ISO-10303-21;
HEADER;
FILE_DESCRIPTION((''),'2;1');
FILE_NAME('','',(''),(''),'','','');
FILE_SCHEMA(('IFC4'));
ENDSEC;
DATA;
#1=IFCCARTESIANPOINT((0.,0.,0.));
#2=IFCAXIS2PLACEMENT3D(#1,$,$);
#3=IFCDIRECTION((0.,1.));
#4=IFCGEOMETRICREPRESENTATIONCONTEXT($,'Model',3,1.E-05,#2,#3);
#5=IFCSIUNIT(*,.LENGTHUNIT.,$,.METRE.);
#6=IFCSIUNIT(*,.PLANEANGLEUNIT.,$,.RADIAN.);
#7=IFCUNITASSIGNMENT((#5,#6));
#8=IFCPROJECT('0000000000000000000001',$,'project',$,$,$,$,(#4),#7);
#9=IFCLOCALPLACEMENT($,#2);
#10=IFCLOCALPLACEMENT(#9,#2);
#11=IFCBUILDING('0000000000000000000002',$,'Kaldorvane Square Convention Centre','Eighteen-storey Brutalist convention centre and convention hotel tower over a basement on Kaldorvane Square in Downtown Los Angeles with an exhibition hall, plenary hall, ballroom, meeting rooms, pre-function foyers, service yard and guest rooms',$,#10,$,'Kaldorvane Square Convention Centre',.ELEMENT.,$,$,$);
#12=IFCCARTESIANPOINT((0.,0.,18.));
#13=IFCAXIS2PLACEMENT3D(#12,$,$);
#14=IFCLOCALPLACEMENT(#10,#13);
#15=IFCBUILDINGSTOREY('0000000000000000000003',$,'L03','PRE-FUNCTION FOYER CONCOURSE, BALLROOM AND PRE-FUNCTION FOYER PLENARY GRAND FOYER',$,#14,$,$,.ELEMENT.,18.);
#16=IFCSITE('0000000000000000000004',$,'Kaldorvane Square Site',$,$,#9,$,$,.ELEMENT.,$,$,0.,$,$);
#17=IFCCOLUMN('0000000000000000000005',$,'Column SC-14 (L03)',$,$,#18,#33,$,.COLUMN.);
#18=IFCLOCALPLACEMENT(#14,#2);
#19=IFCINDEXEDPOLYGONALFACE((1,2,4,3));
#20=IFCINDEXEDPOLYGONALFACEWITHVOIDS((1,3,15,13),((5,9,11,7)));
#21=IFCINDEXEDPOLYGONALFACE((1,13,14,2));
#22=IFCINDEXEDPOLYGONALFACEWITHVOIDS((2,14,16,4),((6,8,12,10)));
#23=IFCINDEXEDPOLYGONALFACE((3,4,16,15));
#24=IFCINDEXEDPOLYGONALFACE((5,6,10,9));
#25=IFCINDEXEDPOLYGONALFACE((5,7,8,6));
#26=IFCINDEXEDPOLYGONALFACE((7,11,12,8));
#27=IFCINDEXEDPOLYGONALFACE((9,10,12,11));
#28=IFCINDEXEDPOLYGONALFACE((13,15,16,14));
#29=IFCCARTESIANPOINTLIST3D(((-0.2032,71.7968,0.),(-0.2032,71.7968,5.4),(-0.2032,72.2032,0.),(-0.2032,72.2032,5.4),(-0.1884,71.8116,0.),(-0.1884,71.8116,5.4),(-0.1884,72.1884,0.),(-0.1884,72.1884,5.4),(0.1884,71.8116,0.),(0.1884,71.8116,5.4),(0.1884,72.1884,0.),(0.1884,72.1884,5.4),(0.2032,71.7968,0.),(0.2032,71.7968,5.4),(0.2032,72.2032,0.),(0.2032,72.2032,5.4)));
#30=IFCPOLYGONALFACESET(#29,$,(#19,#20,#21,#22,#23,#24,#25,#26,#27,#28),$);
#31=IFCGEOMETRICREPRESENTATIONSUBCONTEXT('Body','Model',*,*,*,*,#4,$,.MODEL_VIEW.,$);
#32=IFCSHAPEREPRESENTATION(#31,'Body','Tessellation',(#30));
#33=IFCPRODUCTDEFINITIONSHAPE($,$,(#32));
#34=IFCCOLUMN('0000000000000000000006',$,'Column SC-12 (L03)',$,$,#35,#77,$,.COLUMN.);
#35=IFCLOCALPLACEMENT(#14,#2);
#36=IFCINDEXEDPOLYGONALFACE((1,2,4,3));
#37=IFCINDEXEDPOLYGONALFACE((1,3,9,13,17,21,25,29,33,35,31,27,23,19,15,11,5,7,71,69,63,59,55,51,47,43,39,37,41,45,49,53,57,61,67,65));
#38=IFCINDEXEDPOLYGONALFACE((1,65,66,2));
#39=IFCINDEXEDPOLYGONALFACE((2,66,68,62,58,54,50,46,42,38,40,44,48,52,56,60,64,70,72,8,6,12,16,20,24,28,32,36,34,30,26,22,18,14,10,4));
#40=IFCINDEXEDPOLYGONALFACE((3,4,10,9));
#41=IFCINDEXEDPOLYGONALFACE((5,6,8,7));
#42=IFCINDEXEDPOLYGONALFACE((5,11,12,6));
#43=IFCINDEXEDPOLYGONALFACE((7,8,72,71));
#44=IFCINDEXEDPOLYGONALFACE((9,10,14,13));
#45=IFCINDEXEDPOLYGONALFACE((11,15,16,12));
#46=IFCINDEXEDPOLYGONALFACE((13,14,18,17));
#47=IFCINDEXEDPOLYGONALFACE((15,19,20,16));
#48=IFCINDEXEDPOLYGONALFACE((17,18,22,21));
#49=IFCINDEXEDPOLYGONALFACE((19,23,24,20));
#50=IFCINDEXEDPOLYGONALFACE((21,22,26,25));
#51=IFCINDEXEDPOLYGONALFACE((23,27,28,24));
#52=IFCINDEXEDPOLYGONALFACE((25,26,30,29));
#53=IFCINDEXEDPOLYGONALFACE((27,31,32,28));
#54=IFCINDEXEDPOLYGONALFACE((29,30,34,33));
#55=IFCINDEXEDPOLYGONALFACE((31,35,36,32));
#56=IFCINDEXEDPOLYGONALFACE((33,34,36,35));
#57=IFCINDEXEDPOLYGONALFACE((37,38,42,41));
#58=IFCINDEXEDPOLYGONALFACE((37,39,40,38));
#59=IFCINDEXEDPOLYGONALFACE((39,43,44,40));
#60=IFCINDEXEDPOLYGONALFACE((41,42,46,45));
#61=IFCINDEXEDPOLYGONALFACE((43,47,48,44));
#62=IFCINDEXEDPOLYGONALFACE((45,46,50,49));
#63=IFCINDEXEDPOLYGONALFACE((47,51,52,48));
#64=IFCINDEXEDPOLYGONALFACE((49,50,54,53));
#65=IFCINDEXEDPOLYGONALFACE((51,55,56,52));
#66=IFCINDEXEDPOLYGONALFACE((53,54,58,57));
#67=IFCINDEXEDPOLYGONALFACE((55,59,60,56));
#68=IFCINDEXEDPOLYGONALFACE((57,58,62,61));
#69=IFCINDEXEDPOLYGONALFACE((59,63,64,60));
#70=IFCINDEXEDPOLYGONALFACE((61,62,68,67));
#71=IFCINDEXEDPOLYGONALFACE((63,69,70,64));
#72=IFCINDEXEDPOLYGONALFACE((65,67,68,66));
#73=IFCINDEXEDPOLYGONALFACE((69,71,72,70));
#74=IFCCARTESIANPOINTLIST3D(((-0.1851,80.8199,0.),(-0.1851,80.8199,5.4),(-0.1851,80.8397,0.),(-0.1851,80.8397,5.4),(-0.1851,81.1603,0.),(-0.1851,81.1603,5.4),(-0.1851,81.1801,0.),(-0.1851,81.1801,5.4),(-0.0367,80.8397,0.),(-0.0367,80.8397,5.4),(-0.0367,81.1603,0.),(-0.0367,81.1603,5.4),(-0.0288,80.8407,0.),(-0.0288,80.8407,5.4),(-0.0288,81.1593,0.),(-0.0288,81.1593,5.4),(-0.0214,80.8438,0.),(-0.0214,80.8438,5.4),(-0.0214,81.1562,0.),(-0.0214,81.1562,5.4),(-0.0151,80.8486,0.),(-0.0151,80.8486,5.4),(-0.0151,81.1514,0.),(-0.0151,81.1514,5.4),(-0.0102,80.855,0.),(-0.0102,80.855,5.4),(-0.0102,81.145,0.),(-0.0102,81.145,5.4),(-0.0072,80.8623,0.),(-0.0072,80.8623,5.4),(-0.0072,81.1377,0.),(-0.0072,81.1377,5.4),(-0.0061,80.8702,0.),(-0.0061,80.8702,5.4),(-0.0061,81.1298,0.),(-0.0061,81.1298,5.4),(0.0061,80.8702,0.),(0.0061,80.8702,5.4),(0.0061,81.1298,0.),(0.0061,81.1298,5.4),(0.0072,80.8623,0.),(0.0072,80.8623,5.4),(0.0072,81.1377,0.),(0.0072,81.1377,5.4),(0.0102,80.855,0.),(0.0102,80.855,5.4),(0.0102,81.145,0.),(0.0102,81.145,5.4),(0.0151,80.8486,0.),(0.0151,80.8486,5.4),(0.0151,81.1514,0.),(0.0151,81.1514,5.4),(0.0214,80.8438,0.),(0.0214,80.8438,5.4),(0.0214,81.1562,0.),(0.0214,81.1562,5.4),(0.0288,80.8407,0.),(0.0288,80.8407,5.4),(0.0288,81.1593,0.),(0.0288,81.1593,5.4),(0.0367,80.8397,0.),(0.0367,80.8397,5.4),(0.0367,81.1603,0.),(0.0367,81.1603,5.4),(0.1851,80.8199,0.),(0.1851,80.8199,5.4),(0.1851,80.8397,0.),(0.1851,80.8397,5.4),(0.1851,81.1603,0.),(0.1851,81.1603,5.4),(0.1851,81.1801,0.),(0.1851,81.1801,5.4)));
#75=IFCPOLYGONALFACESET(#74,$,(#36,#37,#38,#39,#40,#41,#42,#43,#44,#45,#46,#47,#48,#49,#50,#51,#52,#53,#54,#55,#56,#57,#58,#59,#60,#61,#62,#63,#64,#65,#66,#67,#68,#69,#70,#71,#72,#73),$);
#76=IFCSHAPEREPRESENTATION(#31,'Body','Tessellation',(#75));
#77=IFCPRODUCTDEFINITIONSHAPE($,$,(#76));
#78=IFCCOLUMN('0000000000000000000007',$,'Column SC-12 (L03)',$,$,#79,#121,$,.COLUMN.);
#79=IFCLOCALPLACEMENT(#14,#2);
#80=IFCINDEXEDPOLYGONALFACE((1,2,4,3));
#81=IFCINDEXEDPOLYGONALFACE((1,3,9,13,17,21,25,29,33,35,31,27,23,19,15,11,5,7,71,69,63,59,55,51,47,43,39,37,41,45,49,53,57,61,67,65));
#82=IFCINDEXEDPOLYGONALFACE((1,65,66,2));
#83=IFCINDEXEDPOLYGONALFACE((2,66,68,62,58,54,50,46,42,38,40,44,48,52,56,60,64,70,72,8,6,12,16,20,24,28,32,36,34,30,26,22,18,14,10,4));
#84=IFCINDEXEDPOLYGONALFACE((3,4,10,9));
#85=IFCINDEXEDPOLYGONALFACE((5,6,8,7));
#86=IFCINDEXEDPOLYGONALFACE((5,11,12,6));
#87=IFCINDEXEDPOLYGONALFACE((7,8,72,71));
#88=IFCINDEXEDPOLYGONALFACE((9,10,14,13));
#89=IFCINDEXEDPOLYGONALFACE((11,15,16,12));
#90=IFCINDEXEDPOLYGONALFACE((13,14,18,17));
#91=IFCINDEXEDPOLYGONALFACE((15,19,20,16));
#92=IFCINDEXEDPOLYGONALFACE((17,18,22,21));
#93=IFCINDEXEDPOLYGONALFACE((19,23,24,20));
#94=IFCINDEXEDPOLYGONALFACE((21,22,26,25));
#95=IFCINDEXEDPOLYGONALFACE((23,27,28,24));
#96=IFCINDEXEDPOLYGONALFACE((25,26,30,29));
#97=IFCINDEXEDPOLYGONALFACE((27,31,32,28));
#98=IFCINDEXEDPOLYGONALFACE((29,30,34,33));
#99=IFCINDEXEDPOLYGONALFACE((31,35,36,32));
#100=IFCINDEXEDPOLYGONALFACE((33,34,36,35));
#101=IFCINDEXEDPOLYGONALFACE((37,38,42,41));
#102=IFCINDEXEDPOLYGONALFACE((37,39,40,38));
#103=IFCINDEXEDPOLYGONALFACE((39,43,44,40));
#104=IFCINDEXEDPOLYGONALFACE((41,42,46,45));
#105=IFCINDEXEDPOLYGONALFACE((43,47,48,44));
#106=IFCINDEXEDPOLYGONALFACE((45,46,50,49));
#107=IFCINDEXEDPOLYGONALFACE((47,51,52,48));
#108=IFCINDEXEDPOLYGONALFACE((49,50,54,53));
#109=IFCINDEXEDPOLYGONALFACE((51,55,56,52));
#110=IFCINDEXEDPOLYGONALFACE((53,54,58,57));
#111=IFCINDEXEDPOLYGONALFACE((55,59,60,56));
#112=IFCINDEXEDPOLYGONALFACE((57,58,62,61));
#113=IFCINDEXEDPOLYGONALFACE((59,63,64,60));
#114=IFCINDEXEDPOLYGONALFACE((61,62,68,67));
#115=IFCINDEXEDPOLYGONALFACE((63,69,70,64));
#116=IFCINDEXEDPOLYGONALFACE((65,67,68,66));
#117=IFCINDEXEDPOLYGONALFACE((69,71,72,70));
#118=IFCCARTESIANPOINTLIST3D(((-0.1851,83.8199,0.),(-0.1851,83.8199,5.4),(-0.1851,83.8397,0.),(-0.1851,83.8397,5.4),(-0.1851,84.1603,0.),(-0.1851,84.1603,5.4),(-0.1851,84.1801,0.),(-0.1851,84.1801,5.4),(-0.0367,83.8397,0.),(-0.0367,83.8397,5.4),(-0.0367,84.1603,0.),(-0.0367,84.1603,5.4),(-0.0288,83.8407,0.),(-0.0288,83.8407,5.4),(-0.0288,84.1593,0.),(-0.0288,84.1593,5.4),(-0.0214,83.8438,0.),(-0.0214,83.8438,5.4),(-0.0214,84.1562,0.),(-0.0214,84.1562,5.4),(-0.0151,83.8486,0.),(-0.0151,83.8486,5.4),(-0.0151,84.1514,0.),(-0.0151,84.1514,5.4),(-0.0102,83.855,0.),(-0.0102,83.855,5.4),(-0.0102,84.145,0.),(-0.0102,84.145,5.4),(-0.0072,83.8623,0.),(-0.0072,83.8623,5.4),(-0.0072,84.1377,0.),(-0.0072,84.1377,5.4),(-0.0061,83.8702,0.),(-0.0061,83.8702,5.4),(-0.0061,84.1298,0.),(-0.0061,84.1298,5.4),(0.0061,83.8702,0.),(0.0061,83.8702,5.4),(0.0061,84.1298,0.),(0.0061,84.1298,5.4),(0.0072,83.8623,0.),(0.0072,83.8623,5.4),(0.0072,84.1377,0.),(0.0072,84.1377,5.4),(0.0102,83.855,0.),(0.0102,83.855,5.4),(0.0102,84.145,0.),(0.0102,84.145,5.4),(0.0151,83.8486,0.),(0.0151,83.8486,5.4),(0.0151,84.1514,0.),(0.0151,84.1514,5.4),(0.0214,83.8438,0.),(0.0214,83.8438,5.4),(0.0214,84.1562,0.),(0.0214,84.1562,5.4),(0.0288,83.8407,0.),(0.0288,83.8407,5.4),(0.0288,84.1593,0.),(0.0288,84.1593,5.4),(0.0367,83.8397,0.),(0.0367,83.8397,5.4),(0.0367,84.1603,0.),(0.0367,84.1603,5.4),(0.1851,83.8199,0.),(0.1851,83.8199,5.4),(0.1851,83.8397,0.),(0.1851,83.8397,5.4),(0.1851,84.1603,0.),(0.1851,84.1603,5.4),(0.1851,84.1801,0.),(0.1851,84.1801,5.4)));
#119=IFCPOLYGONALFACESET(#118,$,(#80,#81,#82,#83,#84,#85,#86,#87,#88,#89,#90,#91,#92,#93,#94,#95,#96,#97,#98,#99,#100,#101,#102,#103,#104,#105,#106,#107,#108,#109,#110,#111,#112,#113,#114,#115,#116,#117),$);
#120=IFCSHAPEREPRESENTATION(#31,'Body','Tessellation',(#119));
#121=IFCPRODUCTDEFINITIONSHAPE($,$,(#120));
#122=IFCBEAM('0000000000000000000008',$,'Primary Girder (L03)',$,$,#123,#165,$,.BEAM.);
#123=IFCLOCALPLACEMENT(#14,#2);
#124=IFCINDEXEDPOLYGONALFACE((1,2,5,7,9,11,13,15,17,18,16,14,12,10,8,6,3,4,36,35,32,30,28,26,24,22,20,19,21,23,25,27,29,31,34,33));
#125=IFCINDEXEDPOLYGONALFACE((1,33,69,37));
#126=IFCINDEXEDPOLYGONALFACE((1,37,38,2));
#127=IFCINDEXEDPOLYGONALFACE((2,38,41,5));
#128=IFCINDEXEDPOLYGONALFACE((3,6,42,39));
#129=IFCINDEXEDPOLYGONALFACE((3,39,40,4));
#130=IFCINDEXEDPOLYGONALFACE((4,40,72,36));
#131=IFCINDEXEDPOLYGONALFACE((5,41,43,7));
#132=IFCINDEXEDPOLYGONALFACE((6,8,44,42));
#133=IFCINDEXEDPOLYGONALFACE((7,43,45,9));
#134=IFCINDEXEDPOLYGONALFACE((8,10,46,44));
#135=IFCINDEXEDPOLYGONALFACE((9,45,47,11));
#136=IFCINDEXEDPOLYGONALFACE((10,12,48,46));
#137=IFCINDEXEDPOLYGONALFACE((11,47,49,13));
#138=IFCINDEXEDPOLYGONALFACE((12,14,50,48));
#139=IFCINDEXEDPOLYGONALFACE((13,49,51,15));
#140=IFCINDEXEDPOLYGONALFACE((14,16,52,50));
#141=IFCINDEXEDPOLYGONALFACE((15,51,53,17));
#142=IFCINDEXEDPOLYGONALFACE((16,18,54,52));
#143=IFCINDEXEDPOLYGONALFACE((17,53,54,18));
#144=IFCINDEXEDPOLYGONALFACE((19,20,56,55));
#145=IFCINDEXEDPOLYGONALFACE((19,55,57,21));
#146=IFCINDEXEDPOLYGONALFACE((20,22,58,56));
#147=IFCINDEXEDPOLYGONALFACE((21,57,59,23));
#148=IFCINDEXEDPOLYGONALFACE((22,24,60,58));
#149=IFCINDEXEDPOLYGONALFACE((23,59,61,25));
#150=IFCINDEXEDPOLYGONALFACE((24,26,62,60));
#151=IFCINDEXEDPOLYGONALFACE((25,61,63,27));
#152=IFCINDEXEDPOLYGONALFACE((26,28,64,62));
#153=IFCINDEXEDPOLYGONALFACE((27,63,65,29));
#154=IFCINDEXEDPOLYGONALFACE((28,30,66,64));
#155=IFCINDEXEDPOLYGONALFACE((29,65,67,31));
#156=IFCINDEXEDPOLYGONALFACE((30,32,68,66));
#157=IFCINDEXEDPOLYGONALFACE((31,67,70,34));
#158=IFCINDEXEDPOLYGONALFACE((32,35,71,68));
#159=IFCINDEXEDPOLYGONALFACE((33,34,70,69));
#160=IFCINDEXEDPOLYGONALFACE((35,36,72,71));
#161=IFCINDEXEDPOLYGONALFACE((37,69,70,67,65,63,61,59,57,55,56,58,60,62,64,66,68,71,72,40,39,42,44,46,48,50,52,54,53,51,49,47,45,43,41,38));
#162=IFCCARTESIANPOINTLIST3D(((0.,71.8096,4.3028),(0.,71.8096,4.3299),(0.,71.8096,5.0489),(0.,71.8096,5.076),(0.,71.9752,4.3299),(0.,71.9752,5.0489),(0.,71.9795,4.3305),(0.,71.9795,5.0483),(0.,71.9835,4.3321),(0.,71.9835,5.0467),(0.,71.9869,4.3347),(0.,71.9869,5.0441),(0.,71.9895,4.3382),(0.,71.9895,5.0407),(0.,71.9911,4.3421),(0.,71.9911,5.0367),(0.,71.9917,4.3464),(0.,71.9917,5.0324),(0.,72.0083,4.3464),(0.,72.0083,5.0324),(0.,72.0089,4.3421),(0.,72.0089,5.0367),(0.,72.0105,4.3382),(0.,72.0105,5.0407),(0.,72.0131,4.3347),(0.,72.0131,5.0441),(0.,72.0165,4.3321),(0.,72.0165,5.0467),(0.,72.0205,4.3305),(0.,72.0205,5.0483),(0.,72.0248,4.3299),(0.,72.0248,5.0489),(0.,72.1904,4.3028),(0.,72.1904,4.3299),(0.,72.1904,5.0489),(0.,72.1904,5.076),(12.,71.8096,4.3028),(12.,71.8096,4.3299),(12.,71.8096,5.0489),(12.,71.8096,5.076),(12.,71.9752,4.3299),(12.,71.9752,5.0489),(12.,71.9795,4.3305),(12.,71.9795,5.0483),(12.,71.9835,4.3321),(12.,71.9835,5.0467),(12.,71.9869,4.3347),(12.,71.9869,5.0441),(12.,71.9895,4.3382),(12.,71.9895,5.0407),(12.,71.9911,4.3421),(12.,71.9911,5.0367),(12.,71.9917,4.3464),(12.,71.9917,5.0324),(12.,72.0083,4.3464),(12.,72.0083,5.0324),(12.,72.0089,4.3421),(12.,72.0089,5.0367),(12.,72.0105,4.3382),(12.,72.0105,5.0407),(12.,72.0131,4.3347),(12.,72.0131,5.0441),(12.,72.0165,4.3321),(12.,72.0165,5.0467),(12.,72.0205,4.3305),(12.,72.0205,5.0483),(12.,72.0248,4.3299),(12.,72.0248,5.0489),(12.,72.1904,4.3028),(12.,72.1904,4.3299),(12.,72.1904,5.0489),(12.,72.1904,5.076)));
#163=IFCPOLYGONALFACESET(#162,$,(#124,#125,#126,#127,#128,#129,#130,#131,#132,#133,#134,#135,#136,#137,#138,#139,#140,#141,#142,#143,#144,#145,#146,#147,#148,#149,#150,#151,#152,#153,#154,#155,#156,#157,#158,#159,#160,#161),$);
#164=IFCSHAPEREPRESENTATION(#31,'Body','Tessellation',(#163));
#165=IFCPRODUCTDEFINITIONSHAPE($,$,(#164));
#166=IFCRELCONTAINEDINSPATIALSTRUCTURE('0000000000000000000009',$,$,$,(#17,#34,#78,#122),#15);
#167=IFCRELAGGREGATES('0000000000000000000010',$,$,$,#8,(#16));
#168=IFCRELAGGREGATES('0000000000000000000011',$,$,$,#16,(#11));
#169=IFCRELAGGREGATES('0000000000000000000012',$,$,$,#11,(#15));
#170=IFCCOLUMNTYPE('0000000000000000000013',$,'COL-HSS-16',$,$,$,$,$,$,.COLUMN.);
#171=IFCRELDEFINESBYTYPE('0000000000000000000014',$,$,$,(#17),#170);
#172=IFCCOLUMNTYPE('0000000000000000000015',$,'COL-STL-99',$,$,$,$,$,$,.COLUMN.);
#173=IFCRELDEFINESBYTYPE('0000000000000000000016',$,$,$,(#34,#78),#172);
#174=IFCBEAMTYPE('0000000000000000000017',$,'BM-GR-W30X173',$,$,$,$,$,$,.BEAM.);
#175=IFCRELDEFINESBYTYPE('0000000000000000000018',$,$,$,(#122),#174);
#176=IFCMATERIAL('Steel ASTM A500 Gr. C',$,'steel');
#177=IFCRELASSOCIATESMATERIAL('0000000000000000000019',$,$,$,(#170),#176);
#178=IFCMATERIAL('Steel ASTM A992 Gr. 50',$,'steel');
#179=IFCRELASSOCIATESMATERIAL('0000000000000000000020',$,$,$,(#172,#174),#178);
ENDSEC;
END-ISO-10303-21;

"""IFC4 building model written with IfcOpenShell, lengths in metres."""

from ifc_helpers import new_model, si_unit, direction, frame, origin, origin_2d, place, context, subcontext, project, spatial, hollow_rectangle, i_section, extrude, material, material_profile, profile_set, type_object, element, save


model = new_model("IFC4")

# Units and contexts
model_context = context("Model", 3, precision=1e-05, world=origin(), true_north=direction((0.0, 1.0)))
body_context = subcontext(model_context, "Body", "Model", "MODEL_VIEW")
ifc_project = project(units=[si_unit("LENGTHUNIT", "METRE"), si_unit("PLANEANGLEUNIT", "RADIAN")], contexts=[model_context])

# Site, building, storey
site_placement = place(None, origin())
site = spatial("IfcSite", under=ifc_project, at=site_placement, Name="Kaldorvane Square Site", CompositionType="ELEMENT", RefElevation=0.0)
building_placement = place(site_placement, origin())
building = spatial("IfcBuilding", under=site, at=building_placement, Name="Kaldorvane Square Convention Centre", Description="Eighteen-storey Brutalist convention centre and convention hotel tower over a basement on Kaldorvane Square in Downtown Los Angeles with an exhibition hall, plenary hall, ballroom, meeting rooms, pre-function foyers, service yard and guest rooms", LongName="Kaldorvane Square Convention Centre", CompositionType="ELEMENT")
storey_placement = place(building_placement, frame((0.0, 0.0, 18.0)))
storey = spatial("IfcBuildingStorey", under=building, at=storey_placement, Name="L03", Description="PRE-FUNCTION FOYER CONCOURSE, BALLROOM AND PRE-FUNCTION FOYER PLENARY GRAND FOYER", CompositionType="ELEMENT", Elevation=18.0)

# Columns
ifc_material_1 = material(Name="Steel ASTM A500 Gr. C", Category="steel")
ifc_material_profile_1 = material_profile(ifc_material_1, hollow_rectangle(XDim=0.4064, YDim=0.4064, WallThickness=0.0148, at=origin_2d()), Name="HSS16X16X5/8")
ifc_profile_set_1 = profile_set([ifc_material_profile_1], Name="Steel ASTM A500 Gr. C")
column_type_1 = type_object("IfcColumnType", Name="COL-HSS-16", PredefinedType="COLUMN", material=ifc_profile_set_1)
column_placement = place(storey_placement, frame((0.0, 72.0, 0.0), z_axis=(0.0, 0.0, 1.0), x_axis=(1.0, 0.0, 0.0)))
element("IfcColumn", 1, at=column_placement, inside=storey, type_object=column_type_1, Name="Column SC-14 (L03)", PredefinedType="COLUMN", context=body_context, shape_type="SweptSolid", body=[
    extrude(hollow_rectangle(XDim=0.4064, YDim=0.4064, WallThickness=0.0148, at=origin_2d()), origin(), (0.0, 0.0, 1.0), 5.4),
])
ifc_material_2 = material(Name="Steel ASTM A992 Gr. 50", Category="steel")
ifc_material_profile_2 = material_profile(ifc_material_2, i_section(OverallWidth=0.3701, OverallDepth=0.3602, WebThickness=0.0123, FlangeThickness=0.0198, FilletRadius=0.0305, at=origin_2d()), Name="W14X99")
ifc_profile_set_2 = profile_set([ifc_material_profile_2], Name="Steel ASTM A992 Gr. 50")
column_type_2 = type_object("IfcColumnType", Name="COL-STL-99", PredefinedType="COLUMN", material=ifc_profile_set_2)
for number, where, z_axis, x_axis, name in (
    (2, (0.0, 81.0, 0.0), (0.0, 0.0, 1.0), (1.0, 0.0, 0.0), "Column SC-12 (L03)"),
    (3, (0.0, 84.0, 0.0), (0.0, 0.0, 1.0), (1.0, 0.0, 0.0), "Column SC-12 (L03)"),
):
    element("IfcColumn", number, at=place(storey_placement, frame(where, z_axis=z_axis, x_axis=x_axis)), inside=storey, type_object=column_type_2, Name=name, PredefinedType="COLUMN", context=body_context, shape_type="SweptSolid", body=[
        extrude(i_section(OverallWidth=0.3701, OverallDepth=0.3602, WebThickness=0.0123, FlangeThickness=0.0198, FilletRadius=0.0305, at=origin_2d()), origin(), (0.0, 0.0, 1.0), 5.4),
    ])

# Beam
ifc_material_profile_3 = material_profile(ifc_material_2, i_section(OverallWidth=0.3807, OverallDepth=0.7732, WebThickness=0.0166, FlangeThickness=0.0271, FilletRadius=0.0165, at=origin_2d()), Name="W30X173")
ifc_profile_set_3 = profile_set([ifc_material_profile_3], Name="Steel ASTM A992 Gr. 50")
beam_type_1 = type_object("IfcBeamType", Name="BM-GR-W30X173", PredefinedType="BEAM", material=ifc_profile_set_3)
for number, where, z_axis, x_axis, name in (
    (4, (0.0, 72.0, 4.6894), (1.0, 0.0, 0.0), (0.0, 1.0, 0.0), "Primary Girder (L03)"),
):
    element("IfcBeam", number, at=place(storey_placement, frame(where, z_axis=z_axis, x_axis=x_axis)), inside=storey, type_object=beam_type_1, Name=name, PredefinedType="BEAM", context=body_context, shape_type="SweptSolid", body=[
        extrude(i_section(OverallWidth=0.3807, OverallDepth=0.7732, WebThickness=0.0166, FlangeThickness=0.0271, FilletRadius=0.0165, at=origin_2d()), origin(), (0.0, 0.0, 1.0), 12.0),
    ])

save(model, "model.ifc")
